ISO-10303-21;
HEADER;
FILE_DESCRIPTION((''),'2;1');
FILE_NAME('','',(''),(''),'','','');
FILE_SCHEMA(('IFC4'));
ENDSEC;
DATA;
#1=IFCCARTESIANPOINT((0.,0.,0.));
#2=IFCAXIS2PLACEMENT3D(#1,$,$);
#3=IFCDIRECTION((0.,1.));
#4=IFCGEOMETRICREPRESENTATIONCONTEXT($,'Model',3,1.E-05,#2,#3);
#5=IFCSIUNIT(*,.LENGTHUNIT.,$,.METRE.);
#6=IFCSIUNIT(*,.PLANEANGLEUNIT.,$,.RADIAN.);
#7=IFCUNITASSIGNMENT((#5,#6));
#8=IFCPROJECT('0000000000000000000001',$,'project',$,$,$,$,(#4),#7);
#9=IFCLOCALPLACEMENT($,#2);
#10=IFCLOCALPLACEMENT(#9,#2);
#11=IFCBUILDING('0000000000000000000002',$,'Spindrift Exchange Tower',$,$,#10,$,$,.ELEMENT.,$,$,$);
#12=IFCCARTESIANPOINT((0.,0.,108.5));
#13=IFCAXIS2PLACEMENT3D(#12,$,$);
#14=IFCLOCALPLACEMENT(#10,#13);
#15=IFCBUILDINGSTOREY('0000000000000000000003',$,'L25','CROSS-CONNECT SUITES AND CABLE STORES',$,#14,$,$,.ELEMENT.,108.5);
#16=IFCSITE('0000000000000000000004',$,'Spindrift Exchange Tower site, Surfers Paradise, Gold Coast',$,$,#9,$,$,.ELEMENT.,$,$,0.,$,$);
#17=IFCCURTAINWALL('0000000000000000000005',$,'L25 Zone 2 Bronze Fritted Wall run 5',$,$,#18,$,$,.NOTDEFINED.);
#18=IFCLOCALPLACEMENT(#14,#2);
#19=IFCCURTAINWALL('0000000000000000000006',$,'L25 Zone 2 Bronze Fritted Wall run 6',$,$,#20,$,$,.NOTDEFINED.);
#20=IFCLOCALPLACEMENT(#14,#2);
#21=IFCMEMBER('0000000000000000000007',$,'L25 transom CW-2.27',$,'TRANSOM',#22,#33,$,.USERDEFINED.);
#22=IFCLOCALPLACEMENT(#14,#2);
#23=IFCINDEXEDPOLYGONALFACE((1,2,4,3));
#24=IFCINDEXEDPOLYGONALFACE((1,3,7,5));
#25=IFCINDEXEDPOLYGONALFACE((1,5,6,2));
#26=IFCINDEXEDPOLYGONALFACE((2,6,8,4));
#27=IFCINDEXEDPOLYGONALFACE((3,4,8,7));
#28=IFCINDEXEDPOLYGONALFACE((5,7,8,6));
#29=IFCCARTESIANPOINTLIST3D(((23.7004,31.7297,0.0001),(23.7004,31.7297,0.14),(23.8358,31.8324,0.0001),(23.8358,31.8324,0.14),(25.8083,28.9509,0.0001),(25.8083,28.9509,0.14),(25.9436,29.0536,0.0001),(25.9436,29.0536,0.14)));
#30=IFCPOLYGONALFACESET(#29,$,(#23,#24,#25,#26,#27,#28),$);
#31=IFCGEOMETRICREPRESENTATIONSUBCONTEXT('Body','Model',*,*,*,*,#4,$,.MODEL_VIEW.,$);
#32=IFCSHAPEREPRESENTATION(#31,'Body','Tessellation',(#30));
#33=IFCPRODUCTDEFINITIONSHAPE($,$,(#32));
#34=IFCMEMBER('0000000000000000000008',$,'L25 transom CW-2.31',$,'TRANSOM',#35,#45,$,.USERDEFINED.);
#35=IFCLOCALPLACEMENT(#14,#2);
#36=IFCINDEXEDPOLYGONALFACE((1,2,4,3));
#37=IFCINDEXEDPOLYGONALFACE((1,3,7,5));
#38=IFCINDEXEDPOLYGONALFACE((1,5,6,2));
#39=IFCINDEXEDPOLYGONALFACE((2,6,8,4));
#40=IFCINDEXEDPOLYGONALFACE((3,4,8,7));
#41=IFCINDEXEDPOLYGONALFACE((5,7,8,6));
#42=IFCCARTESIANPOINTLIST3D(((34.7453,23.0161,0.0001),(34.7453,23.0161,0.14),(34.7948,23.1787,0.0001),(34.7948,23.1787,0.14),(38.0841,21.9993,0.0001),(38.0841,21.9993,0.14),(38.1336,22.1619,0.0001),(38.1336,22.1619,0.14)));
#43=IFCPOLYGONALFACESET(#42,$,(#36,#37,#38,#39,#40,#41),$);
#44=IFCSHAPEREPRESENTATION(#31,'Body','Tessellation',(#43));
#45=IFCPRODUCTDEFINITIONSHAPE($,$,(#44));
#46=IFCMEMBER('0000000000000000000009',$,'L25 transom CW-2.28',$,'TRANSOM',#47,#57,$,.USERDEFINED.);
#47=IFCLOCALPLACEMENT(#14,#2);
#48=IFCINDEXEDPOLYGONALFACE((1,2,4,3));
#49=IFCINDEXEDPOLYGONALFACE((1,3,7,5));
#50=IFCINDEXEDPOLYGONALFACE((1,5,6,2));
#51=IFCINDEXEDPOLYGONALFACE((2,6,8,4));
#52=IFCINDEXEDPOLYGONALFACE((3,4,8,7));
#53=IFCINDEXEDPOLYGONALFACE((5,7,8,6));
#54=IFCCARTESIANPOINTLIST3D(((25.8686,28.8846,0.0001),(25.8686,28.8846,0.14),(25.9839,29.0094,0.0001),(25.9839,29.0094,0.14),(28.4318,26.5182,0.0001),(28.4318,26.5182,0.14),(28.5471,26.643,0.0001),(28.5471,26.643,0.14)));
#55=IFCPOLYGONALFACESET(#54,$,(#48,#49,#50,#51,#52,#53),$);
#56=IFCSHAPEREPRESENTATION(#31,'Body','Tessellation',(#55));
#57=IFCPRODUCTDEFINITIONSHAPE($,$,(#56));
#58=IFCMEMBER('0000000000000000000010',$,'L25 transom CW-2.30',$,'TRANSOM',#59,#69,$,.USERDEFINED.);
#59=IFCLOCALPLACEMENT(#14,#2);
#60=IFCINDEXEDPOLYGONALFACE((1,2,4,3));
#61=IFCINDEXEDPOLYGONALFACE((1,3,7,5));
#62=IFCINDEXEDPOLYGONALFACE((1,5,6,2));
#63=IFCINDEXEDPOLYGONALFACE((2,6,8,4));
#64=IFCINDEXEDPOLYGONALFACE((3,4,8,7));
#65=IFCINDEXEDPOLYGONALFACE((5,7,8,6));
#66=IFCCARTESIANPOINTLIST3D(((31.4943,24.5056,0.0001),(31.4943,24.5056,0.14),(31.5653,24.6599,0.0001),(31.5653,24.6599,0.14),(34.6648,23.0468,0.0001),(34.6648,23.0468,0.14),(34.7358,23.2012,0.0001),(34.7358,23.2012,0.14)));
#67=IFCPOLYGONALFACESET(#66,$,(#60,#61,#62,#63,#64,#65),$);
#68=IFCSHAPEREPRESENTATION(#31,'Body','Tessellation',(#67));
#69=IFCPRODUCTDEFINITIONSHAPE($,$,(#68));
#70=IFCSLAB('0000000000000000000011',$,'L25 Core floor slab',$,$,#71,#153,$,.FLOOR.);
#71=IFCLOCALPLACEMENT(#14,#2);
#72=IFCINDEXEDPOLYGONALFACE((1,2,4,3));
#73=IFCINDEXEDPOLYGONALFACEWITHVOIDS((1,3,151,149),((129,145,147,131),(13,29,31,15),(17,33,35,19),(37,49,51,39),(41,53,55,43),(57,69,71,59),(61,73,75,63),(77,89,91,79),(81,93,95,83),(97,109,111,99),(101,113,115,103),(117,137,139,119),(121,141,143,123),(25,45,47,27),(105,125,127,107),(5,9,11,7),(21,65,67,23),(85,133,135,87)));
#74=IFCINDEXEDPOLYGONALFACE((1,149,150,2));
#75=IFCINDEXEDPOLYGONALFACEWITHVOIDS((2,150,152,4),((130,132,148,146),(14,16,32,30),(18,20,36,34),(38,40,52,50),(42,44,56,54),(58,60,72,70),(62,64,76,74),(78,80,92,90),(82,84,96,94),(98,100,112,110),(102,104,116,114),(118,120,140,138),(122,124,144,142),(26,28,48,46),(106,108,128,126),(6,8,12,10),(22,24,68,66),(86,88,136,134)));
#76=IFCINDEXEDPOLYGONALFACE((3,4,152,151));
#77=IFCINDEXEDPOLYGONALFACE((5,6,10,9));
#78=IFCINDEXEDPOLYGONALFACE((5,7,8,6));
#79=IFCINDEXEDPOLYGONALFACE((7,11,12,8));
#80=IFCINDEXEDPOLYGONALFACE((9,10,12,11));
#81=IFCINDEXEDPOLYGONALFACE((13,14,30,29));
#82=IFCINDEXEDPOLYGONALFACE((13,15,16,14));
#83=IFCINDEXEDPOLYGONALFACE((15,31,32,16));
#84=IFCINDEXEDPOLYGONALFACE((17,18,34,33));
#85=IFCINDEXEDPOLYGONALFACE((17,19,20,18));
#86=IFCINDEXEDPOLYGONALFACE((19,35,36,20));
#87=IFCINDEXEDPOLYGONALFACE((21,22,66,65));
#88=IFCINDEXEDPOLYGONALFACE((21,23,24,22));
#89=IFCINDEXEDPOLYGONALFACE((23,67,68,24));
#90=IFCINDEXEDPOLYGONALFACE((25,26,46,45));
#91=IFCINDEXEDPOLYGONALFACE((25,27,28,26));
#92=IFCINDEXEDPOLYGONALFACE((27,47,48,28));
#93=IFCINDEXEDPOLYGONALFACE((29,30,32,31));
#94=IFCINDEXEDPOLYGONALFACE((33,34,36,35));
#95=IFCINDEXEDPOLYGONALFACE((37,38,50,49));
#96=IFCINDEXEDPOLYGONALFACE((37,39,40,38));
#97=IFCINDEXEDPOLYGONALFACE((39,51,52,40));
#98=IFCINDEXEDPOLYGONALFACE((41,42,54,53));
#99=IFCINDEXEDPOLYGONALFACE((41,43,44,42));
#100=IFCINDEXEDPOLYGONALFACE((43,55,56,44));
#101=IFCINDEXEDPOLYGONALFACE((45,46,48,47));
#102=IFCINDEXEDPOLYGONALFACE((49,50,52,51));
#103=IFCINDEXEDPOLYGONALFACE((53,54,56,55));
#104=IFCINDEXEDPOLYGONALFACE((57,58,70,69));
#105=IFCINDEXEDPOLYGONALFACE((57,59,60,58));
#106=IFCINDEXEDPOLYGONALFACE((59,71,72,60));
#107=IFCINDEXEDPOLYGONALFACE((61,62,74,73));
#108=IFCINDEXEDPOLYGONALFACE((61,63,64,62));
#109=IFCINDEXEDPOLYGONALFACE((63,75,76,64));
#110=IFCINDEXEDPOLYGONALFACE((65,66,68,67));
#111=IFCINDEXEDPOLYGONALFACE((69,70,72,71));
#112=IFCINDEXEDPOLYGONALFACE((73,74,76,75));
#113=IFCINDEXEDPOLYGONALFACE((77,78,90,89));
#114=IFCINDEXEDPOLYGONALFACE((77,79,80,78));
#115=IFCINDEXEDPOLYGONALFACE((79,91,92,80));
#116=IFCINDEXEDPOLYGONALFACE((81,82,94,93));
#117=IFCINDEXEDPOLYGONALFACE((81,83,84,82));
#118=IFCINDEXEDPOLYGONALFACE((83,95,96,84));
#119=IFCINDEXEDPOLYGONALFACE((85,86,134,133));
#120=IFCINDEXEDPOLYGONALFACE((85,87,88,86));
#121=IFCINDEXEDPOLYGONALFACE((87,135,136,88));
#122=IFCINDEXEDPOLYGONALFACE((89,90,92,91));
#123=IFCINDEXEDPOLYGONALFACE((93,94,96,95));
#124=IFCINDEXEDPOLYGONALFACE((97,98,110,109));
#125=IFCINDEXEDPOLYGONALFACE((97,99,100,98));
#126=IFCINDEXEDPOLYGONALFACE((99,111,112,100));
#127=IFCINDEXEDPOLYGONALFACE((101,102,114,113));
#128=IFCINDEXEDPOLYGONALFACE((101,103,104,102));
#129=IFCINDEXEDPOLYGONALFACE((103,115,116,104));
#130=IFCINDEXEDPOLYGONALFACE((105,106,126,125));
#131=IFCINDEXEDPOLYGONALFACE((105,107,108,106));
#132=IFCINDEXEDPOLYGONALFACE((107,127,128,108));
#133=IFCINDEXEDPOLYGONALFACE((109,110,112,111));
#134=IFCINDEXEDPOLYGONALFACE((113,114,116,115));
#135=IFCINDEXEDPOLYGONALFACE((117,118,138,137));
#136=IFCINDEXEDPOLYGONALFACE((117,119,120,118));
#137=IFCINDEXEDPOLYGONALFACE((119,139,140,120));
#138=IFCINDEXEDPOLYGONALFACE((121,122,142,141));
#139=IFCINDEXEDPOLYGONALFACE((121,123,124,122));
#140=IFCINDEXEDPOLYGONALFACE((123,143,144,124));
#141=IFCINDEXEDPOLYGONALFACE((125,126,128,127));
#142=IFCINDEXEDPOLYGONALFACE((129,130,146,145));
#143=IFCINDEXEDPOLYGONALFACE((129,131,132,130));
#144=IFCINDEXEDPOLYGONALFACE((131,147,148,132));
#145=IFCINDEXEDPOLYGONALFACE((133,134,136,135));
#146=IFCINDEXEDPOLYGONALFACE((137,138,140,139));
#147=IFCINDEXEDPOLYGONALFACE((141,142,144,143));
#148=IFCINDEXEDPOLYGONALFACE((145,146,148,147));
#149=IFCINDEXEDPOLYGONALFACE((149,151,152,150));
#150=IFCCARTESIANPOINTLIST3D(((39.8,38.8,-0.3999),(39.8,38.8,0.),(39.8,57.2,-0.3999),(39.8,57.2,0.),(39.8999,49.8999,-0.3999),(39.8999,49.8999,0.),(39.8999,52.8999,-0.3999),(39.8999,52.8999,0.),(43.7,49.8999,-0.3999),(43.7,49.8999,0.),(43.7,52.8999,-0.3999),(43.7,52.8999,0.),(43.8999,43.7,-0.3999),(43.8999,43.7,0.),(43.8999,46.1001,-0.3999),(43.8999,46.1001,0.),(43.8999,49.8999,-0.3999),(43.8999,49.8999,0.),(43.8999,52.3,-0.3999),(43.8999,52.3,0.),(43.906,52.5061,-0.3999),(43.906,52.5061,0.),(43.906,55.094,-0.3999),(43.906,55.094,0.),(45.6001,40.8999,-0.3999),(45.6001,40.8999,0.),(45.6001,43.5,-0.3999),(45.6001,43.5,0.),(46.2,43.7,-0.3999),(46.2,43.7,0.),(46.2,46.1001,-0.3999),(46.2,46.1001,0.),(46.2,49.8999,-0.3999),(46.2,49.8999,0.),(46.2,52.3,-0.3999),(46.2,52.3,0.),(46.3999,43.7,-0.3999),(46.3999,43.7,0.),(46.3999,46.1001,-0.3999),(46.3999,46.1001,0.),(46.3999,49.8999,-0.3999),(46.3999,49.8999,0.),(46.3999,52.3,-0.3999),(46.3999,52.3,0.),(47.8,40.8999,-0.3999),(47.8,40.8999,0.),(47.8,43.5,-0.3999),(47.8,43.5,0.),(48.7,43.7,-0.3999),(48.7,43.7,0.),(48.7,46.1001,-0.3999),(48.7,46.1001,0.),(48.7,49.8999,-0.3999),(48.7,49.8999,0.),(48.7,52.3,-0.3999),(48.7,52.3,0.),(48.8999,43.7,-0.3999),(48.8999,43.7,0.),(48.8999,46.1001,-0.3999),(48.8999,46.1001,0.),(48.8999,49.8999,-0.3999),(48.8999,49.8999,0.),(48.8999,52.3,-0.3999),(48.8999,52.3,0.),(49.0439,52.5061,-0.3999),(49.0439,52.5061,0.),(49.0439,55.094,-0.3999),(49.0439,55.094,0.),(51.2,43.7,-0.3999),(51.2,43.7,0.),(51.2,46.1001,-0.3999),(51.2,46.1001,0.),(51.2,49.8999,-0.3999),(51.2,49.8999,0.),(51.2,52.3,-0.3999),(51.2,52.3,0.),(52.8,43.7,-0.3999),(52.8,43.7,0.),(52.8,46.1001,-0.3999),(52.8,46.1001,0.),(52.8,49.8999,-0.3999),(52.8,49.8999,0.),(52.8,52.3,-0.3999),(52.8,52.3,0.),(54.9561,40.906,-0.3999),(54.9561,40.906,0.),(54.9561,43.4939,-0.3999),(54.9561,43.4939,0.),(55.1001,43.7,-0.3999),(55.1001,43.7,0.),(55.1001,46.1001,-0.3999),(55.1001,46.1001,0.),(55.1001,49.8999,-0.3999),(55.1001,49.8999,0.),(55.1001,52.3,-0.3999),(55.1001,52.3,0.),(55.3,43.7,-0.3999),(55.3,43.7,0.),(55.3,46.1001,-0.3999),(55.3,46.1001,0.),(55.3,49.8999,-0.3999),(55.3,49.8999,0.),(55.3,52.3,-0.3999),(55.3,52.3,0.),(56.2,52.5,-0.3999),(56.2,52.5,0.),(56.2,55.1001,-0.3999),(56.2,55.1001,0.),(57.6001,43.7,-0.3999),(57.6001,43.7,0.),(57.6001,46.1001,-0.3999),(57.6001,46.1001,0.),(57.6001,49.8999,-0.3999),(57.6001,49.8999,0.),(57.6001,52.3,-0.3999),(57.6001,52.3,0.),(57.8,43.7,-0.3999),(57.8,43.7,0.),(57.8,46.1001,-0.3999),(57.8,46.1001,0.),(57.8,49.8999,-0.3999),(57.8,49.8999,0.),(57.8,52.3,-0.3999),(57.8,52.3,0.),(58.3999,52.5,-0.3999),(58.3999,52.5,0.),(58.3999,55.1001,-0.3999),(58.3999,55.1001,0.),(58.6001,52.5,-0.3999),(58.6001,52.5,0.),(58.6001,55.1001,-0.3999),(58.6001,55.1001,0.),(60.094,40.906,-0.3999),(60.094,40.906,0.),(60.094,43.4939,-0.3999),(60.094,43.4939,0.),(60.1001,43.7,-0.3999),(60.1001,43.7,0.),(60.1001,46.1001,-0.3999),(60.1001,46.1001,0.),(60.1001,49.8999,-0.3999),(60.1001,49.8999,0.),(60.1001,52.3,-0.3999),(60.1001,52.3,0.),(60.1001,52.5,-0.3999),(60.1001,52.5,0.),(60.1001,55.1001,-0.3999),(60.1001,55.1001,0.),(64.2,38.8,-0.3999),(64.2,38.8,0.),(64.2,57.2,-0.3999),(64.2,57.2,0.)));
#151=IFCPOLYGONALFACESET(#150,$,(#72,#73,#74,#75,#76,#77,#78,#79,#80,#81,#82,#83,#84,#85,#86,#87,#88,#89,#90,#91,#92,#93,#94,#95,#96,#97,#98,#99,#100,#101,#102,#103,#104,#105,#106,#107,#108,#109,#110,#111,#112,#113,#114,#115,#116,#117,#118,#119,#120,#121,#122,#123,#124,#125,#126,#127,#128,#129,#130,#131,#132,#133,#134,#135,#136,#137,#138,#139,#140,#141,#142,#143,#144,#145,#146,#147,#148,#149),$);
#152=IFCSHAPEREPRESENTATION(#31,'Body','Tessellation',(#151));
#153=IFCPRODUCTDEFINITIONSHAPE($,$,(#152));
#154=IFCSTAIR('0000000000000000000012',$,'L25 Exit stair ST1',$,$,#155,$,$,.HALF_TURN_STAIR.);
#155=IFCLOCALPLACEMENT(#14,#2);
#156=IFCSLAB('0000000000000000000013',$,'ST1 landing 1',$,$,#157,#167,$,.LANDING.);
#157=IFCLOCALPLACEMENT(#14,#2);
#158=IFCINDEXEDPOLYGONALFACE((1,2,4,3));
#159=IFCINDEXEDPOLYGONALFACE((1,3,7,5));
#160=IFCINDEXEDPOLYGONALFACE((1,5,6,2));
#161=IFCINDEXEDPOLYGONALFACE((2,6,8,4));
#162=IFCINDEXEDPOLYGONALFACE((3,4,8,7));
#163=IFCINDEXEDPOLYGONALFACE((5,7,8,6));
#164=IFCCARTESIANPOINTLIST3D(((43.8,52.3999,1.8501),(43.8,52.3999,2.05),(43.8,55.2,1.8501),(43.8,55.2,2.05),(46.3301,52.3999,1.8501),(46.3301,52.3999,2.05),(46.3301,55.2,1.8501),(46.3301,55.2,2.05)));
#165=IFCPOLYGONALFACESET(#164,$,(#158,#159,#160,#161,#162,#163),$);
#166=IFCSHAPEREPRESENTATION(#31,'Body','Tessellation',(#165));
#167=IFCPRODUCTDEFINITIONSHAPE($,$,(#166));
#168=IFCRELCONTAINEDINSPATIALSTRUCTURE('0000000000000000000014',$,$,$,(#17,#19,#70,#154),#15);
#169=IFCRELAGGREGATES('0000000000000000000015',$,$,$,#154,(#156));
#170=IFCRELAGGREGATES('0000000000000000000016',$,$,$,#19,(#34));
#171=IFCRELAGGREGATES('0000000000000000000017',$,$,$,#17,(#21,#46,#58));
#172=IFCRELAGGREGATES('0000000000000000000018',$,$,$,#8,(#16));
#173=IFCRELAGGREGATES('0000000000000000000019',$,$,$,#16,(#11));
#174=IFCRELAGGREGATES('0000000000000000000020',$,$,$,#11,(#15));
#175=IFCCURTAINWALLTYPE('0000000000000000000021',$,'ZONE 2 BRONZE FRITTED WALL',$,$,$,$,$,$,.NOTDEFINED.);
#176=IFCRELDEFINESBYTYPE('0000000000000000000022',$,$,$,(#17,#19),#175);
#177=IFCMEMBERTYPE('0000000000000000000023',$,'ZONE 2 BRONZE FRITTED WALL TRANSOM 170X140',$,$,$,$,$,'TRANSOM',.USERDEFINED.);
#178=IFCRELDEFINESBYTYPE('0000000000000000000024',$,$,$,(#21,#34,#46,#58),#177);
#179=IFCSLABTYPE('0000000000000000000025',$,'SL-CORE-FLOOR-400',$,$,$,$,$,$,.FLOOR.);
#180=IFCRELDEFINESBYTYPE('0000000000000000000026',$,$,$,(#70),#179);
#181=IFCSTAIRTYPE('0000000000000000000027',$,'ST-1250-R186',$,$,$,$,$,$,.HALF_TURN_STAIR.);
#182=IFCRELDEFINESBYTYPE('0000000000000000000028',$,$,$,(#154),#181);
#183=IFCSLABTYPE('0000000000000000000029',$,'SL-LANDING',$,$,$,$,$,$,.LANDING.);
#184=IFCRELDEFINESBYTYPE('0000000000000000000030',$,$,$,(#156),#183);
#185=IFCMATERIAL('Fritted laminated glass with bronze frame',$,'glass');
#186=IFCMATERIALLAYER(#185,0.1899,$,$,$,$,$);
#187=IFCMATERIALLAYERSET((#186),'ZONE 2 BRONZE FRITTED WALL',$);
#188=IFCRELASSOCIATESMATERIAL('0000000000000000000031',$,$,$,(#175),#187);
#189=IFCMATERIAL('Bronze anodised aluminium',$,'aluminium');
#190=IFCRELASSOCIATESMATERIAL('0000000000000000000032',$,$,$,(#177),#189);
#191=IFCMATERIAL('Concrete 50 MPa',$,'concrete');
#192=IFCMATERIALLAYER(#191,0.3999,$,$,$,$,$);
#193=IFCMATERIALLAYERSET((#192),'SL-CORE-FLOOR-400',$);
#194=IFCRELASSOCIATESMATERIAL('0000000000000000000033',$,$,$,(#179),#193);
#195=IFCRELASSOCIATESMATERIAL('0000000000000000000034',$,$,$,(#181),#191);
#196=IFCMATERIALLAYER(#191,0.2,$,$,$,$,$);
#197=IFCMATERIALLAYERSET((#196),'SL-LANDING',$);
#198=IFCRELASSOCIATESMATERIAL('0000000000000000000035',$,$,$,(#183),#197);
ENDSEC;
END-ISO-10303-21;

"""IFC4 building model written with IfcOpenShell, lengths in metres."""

from ifc_helpers import new_model, si_unit, direction, frame, origin, origin_2d, place, context, subcontext, project, spatial, line, indexed_curve, rectangle, outline, extrude, source, transform, mapped, material, layer, layer_set, material_profile, profile_set, type_object, element, aggregate, save


model = new_model("IFC4")

# Units and contexts
model_context = context("Model", 3, precision=1e-05, world=origin(), true_north=direction((0.0, 1.0)))
body_context = subcontext(model_context, "Body", "Model", "MODEL_VIEW")
ifc_project = project(units=[si_unit("LENGTHUNIT", "METRE"), si_unit("PLANEANGLEUNIT", "RADIAN")], contexts=[model_context])

# Site, building, storey
site_placement = place(None, origin())
site = spatial("IfcSite", under=ifc_project, at=site_placement, Name="Spindrift Exchange Tower site, Surfers Paradise, Gold Coast", CompositionType="ELEMENT", RefElevation=0.0)
building_placement = place(site_placement, origin())
building = spatial("IfcBuilding", under=site, at=building_placement, Name="Spindrift Exchange Tower", CompositionType="ELEMENT")
storey_placement = place(building_placement, frame((0.0, 0.0, 108.5)))
storey = spatial("IfcBuildingStorey", under=building, at=storey_placement, Name="L25", Description="CROSS-CONNECT SUITES AND CABLE STORES", CompositionType="ELEMENT", Elevation=108.5)

# Curtain wall
ifc_material_1 = material(Name="Fritted laminated glass with bronze frame", Category="glass")
ifc_layer_1 = layer(ifc_material_1, 0.1899)
ifc_layer_set_1 = layer_set([ifc_layer_1], Name="ZONE 2 BRONZE FRITTED WALL")
curtain_wall_type = type_object("IfcCurtainWallType", Name="ZONE 2 BRONZE FRITTED WALL", PredefinedType="NOTDEFINED", material=ifc_layer_set_1)
curtain_wall_1_placement = place(storey_placement, origin())
curtain_wall_1 = element("IfcCurtainWall", 1, at=curtain_wall_1_placement, inside=storey, type_object=curtain_wall_type, Name="L25 Zone 2 Bronze Fritted Wall run 5", PredefinedType="NOTDEFINED")
ifc_material_2 = material(Name="Bronze anodised aluminium", Category="aluminium")

# Curtain wall
curtain_wall_2_placement = place(storey_placement, origin())
curtain_wall_2 = element("IfcCurtainWall", 2, at=curtain_wall_2_placement, inside=storey, type_object=curtain_wall_type, Name="L25 Zone 2 Bronze Fritted Wall run 6", PredefinedType="NOTDEFINED")

# Members
ifc_material_profile_1 = material_profile(ifc_material_2, rectangle(XDim=0.1699, YDim=0.1399, at=origin_2d()), Name="ZONE 2 BRONZE FRITTED WALL TRANSOM 170X140")
ifc_profile_set_1 = profile_set([ifc_material_profile_1], Name="Bronze anodised aluminium")
member_type_1 = type_object("IfcMemberType", Name="ZONE 2 BRONZE FRITTED WALL TRANSOM 170X140", ElementType="TRANSOM", PredefinedType="USERDEFINED", material=ifc_profile_set_1)
shared_shape_1 = source(origin(), body_context, "Body", "SweptSolid", [
    extrude(rectangle(XDim=0.1699, YDim=0.1399, at=origin_2d()), origin(), (0.0, 0.0, 1.0), 3.4878),
])
member_1_placement = place(storey_placement, frame((23.7681, 31.781, 0.0701), z_axis=(0.604359, -0.796712, 0.0), x_axis=(0.796712, 0.604359, 0.0)))
member_1 = element("IfcMember", 3, at=member_1_placement, type_object=member_type_1, Name="L25 transom CW-2.27", ObjectType="TRANSOM", PredefinedType="USERDEFINED", context=body_context, shape_type="MappedRepresentation", body=[
    mapped(shared_shape_1, transform((0.0, 0.0, 0.0), scale=1.0)),
])
shared_shape_2 = source(origin(), body_context, "Body", "SweptSolid", [
    extrude(rectangle(XDim=0.1699, YDim=0.1399, at=origin_2d()), origin(), (0.0, 0.0, 1.0), 3.4902),
])
member_2_placement = place(storey_placement, frame((34.77, 23.0974, 0.0701), z_axis=(0.95662, -0.291337, 0.0), x_axis=(0.291337, 0.95662, 0.0)))
member_2 = element("IfcMember", 4, at=member_2_placement, type_object=member_type_1, Name="L25 transom CW-2.31", ObjectType="TRANSOM", PredefinedType="USERDEFINED", context=body_context, shape_type="MappedRepresentation", body=[
    mapped(shared_shape_2, transform((0.0, 0.0, 0.0), scale=1.0)),
])
shared_shape_3 = source(origin(), body_context, "Body", "SweptSolid", [
    extrude(rectangle(XDim=0.1699, YDim=0.1399, at=origin_2d()), origin(), (0.0, 0.0, 1.0), 3.4885),
])
member_3_placement = place(storey_placement, frame((25.9263, 28.947, 0.0701), z_axis=(0.734747, -0.678341, 0.0), x_axis=(0.678341, 0.734747, 0.0)))
member_3 = element("IfcMember", 5, at=member_3_placement, type_object=member_type_1, Name="L25 transom CW-2.28", ObjectType="TRANSOM", PredefinedType="USERDEFINED", context=body_context, shape_type="MappedRepresentation", body=[
    mapped(shared_shape_3, transform((0.0, 0.0, 0.0), scale=1.0)),
])
shared_shape_4 = source(origin(), body_context, "Body", "SweptSolid", [
    extrude(rectangle(XDim=0.1699, YDim=0.1399, at=origin_2d()), origin(), (0.0, 0.0, 1.0), 3.49),
])
member_4_placement = place(storey_placement, frame((31.5298, 24.5828, 0.0701), z_axis=(0.908452, -0.417989, 0.0), x_axis=(0.417989, 0.908452, 0.0)))
member_4 = element("IfcMember", 6, at=member_4_placement, type_object=member_type_1, Name="L25 transom CW-2.30", ObjectType="TRANSOM", PredefinedType="USERDEFINED", context=body_context, shape_type="MappedRepresentation", body=[
    mapped(shared_shape_4, transform((0.0, 0.0, 0.0), scale=1.0)),
])

# Slab
ifc_material_3 = material(Name="Concrete 50 MPa", Category="concrete")
ifc_layer_2 = layer(ifc_material_3, 0.3999)
ifc_layer_set_2 = layer_set([ifc_layer_2], Name="SL-CORE-FLOOR-400")
slab_type_1 = type_object("IfcSlabType", Name="SL-CORE-FLOOR-400", PredefinedType="FLOOR", material=ifc_layer_set_2)
slab_1_placement = place(storey_placement, frame((0.0, 0.0, -0.3999)))
element("IfcSlab", 7, at=slab_1_placement, inside=storey, type_object=slab_type_1, Name="L25 Core floor slab", PredefinedType="FLOOR", context=body_context, shape_type="SweptSolid", body=[
    extrude(outline(indexed_curve([(39.8, 38.8), (39.8, 57.2), (64.2, 57.2), (64.2, 38.8)], segments=[line(1, 2, 3, 4, 1)], self_intersect=False), holes=[indexed_curve([(47.8, 43.5), (45.6001, 43.5), (45.6001, 40.8999), (47.8, 40.8999)], segments=[line(1, 2, 3, 4, 1)], self_intersect=False), indexed_curve([(46.2, 46.1001), (43.8999, 46.1001), (43.8999, 43.7), (46.2, 43.7)], segments=[line(1, 2, 3, 4, 1)], self_intersect=False), indexed_curve([(48.7, 46.1001), (46.3999, 46.1001), (46.3999, 43.7), (48.7, 43.7)], segments=[line(1, 2, 3, 4, 1)], self_intersect=False), indexed_curve([(51.2, 46.1001), (48.8999, 46.1001), (48.8999, 43.7), (51.2, 43.7)], segments=[line(1, 2, 3, 4, 1)], self_intersect=False), indexed_curve([(46.2, 52.3), (43.8999, 52.3), (43.8999, 49.8999), (46.2, 49.8999)], segments=[line(1, 2, 3, 4, 1)], self_intersect=False), indexed_curve([(48.7, 52.3), (46.3999, 52.3), (46.3999, 49.8999), (48.7, 49.8999)], segments=[line(1, 2, 3, 4, 1)], self_intersect=False), indexed_curve([(51.2, 52.3), (48.8999, 52.3), (48.8999, 49.8999), (51.2, 49.8999)], segments=[line(1, 2, 3, 4, 1)], self_intersect=False), indexed_curve([(43.7, 49.8999), (43.7, 52.8999), (39.8999, 52.8999), (39.8999, 49.8999)], segments=[line(1, 2, 3, 4, 1)], self_intersect=False), indexed_curve([(49.0439, 55.094), (43.906, 55.094), (43.906, 52.5061), (49.0439, 52.5061)], segments=[line(1, 2, 3, 4, 1)], self_intersect=False), indexed_curve([(60.094, 40.906), (60.094, 43.4939), (54.9561, 43.4939), (54.9561, 40.906)], segments=[line(1, 2, 3, 4, 1)], self_intersect=False), indexed_curve([(55.1001, 46.1001), (52.8, 46.1001), (52.8, 43.7), (55.1001, 43.7)], segments=[line(1, 2, 3, 4, 1)], self_intersect=False), indexed_curve([(57.6001, 46.1001), (55.3, 46.1001), (55.3, 43.7), (57.6001, 43.7)], segments=[line(1, 2, 3, 4, 1)], self_intersect=False), indexed_curve([(60.1001, 46.1001), (57.8, 46.1001), (57.8, 43.7), (60.1001, 43.7)], segments=[line(1, 2, 3, 4, 1)], self_intersect=False), indexed_curve([(55.1001, 52.3), (52.8, 52.3), (52.8, 49.8999), (55.1001, 49.8999)], segments=[line(1, 2, 3, 4, 1)], self_intersect=False), indexed_curve([(57.6001, 52.3), (55.3, 52.3), (55.3, 49.8999), (57.6001, 49.8999)], segments=[line(1, 2, 3, 4, 1)], self_intersect=False), indexed_curve([(60.1001, 52.3), (57.8, 52.3), (57.8, 49.8999), (60.1001, 49.8999)], segments=[line(1, 2, 3, 4, 1)], self_intersect=False), indexed_curve([(58.3999, 52.5), (58.3999, 55.1001), (56.2, 55.1001), (56.2, 52.5)], segments=[line(1, 2, 3, 4, 1)], self_intersect=False), indexed_curve([(60.1001, 52.5), (60.1001, 55.1001), (58.6001, 55.1001), (58.6001, 52.5)], segments=[line(1, 2, 3, 4, 1)], self_intersect=False)]), origin(), (0.0, 0.0, 1.0), 0.3999),
])

# Stair, slab
stair_type = type_object("IfcStairType", Name="ST-1250-R186", PredefinedType="HALF_TURN_STAIR", material=ifc_material_3)
stair_1_placement = place(storey_placement, origin())
stair_1 = element("IfcStair", 8, at=stair_1_placement, inside=storey, type_object=stair_type, Name="L25 Exit stair ST1", PredefinedType="HALF_TURN_STAIR")
ifc_layer_3 = layer(ifc_material_3, 0.2)
ifc_layer_set_3 = layer_set([ifc_layer_3], Name="SL-LANDING")
slab_type_2 = type_object("IfcSlabType", Name="SL-LANDING", PredefinedType="LANDING", material=ifc_layer_set_3)
slab_2_placement = place(storey_placement, frame((0.0, 0.0, 1.8501)))
slab_2 = element("IfcSlab", 9, at=slab_2_placement, type_object=slab_type_2, Name="ST1 landing 1", PredefinedType="LANDING", context=body_context, shape_type="SweptSolid", body=[
    extrude(outline(indexed_curve([(46.3301, 52.3999), (43.8, 52.3999), (43.8, 55.2), (46.3301, 55.2)], segments=[line(1, 2, 3, 4, 1)], self_intersect=False)), origin(), (0.0, 0.0, 1.0), 0.2),
])
aggregate(stair_1, [slab_2])

aggregate(curtain_wall_2, [member_2])
aggregate(curtain_wall_1, [member_1, member_3, member_4])

save(model, "model.ifc")
